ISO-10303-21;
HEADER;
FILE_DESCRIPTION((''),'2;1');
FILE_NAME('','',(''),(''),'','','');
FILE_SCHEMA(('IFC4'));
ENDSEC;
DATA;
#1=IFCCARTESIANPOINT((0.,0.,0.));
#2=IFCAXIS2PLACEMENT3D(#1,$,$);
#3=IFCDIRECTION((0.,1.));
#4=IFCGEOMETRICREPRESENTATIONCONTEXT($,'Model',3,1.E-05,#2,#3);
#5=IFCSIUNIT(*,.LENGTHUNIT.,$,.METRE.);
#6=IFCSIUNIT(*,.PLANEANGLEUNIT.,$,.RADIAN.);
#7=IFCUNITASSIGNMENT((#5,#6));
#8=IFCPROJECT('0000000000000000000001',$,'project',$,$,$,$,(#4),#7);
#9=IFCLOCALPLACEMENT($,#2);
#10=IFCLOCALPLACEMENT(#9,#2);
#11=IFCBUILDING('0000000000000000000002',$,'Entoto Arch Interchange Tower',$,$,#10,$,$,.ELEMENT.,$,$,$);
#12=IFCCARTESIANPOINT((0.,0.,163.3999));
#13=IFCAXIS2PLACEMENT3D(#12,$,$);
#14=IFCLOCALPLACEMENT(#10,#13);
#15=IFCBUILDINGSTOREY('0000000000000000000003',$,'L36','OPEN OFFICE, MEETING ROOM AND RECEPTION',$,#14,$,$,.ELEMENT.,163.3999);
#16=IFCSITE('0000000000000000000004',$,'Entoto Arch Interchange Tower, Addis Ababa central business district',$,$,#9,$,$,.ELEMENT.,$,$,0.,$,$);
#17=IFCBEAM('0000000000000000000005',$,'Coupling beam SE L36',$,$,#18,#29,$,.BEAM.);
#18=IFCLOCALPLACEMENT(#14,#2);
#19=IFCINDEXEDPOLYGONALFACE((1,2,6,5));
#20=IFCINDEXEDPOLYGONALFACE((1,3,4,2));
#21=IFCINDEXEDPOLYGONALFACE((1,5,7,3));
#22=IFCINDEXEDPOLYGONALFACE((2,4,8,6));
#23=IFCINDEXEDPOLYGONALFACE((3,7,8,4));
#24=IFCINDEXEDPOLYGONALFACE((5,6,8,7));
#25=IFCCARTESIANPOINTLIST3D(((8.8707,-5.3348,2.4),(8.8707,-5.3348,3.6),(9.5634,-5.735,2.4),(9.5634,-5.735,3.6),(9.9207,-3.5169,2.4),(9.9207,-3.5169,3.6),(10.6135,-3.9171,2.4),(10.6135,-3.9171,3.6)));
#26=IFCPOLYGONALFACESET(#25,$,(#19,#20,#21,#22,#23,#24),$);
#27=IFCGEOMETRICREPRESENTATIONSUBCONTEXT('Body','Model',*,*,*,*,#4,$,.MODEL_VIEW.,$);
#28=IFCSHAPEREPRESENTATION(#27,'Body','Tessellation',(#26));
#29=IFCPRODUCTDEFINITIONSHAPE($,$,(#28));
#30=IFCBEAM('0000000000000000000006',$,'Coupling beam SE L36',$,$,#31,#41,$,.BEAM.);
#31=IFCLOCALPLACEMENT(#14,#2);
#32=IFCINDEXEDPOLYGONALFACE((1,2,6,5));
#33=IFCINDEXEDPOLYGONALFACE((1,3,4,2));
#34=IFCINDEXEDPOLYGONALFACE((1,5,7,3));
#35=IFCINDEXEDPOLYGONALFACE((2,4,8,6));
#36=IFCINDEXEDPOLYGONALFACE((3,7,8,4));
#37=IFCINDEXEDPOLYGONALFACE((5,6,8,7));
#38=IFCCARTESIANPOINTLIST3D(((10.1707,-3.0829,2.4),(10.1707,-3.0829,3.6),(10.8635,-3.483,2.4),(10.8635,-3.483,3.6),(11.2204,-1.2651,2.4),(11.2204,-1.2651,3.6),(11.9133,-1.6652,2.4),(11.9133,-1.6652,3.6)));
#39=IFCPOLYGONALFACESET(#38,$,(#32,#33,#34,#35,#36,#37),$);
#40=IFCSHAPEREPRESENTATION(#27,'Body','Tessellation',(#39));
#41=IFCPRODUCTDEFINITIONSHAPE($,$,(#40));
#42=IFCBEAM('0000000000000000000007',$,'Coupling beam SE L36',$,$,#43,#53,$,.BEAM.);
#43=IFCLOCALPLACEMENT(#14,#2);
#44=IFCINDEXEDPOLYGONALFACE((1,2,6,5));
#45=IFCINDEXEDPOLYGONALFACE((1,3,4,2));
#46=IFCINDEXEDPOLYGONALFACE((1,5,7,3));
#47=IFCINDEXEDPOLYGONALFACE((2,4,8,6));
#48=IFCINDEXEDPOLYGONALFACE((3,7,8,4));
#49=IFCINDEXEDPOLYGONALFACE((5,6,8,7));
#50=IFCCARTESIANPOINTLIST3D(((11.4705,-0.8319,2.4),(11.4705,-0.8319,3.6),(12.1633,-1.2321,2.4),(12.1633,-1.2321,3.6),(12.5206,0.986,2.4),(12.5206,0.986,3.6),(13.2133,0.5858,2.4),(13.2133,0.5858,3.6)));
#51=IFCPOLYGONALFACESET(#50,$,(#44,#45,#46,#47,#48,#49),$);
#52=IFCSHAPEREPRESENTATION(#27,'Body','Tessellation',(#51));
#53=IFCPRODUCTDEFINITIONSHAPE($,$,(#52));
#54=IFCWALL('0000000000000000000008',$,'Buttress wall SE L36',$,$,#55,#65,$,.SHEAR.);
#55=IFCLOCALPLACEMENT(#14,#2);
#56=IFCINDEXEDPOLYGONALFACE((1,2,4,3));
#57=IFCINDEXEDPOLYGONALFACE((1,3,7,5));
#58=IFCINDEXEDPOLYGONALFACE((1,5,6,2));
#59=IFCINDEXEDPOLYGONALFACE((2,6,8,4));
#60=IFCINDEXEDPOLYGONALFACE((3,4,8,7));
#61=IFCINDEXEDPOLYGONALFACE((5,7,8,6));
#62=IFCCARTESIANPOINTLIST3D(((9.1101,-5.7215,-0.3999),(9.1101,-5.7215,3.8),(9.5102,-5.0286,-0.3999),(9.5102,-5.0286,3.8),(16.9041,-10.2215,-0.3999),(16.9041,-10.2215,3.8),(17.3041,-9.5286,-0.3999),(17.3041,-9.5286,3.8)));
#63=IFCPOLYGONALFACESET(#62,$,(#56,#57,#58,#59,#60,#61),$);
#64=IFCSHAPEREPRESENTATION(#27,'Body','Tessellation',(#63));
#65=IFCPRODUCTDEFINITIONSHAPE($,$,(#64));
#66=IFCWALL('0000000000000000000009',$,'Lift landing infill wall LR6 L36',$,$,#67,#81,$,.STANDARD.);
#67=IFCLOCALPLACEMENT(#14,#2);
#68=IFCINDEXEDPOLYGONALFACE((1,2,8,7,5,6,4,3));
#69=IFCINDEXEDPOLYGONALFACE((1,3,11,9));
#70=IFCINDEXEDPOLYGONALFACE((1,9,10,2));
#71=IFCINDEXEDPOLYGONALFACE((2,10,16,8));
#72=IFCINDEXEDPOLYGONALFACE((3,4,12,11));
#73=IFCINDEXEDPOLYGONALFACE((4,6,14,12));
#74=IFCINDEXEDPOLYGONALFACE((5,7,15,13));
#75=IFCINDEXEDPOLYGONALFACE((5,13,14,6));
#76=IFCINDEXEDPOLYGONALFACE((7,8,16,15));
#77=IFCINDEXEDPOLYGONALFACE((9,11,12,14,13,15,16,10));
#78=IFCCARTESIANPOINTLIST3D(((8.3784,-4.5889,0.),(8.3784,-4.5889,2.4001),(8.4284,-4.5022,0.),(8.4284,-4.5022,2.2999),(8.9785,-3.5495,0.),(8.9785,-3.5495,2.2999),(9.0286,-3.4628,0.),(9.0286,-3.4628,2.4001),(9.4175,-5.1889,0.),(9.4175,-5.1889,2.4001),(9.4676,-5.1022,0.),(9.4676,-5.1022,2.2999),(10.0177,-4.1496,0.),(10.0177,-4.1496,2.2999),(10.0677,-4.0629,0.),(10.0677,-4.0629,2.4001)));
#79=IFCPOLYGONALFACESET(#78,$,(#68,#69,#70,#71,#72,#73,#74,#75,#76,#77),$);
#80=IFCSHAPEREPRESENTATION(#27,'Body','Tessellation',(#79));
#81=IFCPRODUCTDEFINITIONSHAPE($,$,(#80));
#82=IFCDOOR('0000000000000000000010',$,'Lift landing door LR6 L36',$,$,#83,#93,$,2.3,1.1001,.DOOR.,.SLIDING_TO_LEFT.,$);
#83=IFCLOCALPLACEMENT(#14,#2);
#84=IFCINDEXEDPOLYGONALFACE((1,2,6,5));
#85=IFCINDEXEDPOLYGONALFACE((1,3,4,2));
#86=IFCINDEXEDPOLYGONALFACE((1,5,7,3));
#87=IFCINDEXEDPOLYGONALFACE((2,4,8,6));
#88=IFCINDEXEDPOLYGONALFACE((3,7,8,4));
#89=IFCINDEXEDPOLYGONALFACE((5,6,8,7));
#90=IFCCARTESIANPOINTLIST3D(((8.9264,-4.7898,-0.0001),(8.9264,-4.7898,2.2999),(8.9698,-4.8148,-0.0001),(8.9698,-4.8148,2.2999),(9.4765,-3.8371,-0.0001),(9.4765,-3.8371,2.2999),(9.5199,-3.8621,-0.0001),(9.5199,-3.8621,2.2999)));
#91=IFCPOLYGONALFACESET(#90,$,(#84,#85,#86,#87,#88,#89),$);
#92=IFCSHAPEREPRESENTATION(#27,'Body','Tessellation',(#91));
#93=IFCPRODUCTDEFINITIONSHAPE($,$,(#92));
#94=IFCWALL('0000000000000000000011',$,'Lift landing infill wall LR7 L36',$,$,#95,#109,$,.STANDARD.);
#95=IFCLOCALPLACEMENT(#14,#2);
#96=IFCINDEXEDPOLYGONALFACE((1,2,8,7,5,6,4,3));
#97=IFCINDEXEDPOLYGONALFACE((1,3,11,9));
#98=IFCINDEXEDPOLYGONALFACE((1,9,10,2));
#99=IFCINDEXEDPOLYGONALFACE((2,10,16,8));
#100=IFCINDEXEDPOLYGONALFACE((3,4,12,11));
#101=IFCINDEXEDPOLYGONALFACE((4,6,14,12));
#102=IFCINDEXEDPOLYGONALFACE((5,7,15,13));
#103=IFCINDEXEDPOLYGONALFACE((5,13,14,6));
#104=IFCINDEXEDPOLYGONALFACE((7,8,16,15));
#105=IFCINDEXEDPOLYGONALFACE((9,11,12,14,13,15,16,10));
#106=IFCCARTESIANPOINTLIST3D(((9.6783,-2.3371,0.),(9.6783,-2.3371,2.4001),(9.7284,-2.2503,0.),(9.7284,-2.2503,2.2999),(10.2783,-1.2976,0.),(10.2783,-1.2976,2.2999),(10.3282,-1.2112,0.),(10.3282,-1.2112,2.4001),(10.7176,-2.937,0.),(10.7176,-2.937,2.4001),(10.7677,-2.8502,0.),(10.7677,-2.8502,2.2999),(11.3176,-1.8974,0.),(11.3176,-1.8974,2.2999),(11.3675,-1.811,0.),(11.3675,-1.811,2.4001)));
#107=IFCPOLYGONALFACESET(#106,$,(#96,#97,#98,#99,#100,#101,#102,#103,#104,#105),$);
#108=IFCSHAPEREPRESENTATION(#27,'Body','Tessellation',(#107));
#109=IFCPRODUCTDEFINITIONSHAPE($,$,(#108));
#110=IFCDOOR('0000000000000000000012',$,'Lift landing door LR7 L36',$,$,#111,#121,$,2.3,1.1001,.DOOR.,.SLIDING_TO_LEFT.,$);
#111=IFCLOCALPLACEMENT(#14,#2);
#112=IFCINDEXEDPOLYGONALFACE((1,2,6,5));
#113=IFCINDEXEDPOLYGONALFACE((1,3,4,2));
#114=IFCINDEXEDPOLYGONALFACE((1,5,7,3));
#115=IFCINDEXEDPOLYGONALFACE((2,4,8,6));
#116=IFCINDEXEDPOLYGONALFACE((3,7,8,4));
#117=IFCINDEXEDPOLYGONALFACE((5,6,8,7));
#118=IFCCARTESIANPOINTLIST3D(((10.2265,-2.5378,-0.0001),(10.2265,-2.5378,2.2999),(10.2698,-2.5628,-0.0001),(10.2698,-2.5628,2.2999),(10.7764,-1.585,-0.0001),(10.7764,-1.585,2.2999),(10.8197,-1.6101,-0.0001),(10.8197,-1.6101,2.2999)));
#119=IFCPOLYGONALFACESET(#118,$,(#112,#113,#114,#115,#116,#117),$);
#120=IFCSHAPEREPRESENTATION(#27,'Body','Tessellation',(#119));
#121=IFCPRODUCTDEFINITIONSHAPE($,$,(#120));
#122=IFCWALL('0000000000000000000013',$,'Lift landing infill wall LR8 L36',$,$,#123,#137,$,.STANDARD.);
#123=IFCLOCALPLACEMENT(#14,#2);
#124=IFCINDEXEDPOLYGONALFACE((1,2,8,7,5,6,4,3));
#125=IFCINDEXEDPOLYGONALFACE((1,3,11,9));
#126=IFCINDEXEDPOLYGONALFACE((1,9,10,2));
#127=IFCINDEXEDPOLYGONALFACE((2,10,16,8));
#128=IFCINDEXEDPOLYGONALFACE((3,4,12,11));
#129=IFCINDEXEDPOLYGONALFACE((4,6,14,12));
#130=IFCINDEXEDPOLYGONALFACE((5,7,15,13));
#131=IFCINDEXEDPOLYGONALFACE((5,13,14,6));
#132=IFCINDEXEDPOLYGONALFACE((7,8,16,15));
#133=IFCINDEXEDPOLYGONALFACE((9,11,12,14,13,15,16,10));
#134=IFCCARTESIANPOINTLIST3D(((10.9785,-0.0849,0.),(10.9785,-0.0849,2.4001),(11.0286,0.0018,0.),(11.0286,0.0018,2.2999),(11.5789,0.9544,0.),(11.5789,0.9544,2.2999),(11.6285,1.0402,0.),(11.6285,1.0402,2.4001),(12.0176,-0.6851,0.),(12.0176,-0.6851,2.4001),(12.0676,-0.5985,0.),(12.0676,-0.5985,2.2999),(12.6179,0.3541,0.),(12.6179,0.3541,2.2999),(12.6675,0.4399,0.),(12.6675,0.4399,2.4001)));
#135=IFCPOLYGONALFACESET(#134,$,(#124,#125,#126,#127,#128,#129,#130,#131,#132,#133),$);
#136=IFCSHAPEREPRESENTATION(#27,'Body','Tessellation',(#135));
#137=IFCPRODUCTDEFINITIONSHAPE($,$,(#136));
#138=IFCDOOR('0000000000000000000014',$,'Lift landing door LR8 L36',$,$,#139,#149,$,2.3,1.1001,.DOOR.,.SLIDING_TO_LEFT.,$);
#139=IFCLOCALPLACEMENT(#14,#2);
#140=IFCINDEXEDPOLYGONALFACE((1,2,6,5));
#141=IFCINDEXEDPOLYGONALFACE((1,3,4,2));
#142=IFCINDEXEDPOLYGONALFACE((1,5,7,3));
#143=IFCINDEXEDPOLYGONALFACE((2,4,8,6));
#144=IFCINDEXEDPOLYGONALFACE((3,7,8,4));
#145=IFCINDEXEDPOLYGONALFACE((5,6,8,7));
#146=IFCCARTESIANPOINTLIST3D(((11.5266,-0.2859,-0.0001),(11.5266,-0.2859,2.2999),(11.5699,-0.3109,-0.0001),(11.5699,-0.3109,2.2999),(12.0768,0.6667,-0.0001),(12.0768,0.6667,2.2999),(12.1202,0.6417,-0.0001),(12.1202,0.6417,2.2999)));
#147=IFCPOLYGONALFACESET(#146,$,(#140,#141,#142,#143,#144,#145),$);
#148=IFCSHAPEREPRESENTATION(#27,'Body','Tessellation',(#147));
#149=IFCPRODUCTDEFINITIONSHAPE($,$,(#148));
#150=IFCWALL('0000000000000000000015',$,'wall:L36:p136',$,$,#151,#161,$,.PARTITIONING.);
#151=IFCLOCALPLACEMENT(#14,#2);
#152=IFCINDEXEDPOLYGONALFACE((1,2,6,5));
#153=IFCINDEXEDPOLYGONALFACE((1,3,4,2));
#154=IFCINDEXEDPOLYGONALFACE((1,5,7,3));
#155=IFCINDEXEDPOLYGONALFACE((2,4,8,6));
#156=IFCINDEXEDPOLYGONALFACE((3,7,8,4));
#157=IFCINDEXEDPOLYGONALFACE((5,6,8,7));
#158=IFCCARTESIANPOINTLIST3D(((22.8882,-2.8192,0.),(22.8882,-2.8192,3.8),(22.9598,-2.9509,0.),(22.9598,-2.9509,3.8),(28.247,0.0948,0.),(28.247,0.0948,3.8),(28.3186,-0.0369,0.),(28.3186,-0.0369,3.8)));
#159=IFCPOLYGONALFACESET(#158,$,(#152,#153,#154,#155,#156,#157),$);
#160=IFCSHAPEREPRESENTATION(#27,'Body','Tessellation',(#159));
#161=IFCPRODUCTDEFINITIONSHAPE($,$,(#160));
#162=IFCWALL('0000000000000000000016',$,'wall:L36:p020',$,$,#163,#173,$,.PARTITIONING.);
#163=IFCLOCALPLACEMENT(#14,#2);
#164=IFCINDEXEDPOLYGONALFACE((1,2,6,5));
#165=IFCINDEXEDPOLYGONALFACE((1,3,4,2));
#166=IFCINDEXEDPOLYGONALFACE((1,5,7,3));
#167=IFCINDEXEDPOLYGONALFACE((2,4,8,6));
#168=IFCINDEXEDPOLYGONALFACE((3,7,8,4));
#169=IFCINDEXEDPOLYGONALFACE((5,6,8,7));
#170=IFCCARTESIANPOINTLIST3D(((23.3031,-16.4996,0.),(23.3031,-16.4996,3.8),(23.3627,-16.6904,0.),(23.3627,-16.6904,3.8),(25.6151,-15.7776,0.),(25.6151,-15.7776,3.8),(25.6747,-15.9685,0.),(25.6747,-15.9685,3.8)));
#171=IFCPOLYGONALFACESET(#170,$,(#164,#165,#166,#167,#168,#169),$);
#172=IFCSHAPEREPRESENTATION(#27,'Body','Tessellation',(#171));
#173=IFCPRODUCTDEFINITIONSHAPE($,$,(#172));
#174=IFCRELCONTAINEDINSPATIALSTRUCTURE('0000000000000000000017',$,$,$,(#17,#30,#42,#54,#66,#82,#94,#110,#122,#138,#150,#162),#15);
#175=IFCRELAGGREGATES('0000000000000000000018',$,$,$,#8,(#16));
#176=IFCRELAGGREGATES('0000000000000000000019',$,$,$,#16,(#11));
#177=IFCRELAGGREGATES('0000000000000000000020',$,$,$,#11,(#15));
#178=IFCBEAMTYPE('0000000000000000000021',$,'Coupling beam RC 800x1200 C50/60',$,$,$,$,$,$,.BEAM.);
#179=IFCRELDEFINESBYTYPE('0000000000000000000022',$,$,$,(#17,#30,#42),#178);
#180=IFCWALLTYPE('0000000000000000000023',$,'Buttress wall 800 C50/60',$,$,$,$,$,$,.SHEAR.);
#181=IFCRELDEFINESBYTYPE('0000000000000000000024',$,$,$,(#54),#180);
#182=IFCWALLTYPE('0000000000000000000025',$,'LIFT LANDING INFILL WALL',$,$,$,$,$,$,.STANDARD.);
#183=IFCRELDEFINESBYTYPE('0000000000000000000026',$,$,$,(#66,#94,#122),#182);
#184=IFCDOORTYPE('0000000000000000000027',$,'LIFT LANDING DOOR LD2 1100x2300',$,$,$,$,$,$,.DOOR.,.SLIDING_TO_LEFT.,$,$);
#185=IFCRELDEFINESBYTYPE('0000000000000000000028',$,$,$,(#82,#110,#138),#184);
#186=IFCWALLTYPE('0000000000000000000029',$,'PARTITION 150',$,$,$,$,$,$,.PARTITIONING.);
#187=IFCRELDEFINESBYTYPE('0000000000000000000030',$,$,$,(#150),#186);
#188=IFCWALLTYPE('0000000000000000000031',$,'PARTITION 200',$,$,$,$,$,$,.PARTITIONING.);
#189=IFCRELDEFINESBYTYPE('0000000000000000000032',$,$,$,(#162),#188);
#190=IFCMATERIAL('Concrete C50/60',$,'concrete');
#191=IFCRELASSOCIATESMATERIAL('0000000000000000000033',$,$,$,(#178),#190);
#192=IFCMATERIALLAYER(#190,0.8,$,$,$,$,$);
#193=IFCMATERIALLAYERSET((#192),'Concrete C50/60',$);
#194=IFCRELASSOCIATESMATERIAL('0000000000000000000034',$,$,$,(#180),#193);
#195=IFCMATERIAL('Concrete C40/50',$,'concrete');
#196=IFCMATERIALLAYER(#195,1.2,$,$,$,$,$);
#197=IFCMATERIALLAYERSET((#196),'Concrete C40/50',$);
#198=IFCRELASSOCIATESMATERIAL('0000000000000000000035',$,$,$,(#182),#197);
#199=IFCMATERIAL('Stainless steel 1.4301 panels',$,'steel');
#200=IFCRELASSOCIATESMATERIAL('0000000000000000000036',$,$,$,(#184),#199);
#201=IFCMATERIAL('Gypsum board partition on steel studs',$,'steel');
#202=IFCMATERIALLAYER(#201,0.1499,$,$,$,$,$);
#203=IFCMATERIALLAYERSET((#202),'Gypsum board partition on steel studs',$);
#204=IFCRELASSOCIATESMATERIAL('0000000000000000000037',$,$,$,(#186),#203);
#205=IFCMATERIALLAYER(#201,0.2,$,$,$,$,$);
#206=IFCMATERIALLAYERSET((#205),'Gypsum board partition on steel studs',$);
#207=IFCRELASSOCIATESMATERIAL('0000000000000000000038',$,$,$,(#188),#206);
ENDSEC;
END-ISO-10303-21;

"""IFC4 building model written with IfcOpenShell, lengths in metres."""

from ifc_helpers import new_model, si_unit, direction, frame, frame_2d, origin, origin_2d, place, context, subcontext, project, spatial, rectangle, extrude, material, layer, layer_set, material_profile, profile_set, type_object, element, fill, save


model = new_model("IFC4")

# Units and contexts
model_context = context("Model", 3, precision=1e-05, world=origin(), true_north=direction((0.0, 1.0)))
body_context = subcontext(model_context, "Body", "Model", "MODEL_VIEW")
ifc_project = project(units=[si_unit("LENGTHUNIT", "METRE"), si_unit("PLANEANGLEUNIT", "RADIAN")], contexts=[model_context])

# Site, building, storey
site_placement = place(None, origin())
site = spatial("IfcSite", under=ifc_project, at=site_placement, Name="Entoto Arch Interchange Tower, Addis Ababa central business district", CompositionType="ELEMENT", RefElevation=0.0)
building_placement = place(site_placement, origin())
building = spatial("IfcBuilding", under=site, at=building_placement, Name="Entoto Arch Interchange Tower", CompositionType="ELEMENT")
storey_placement = place(building_placement, frame((0.0, 0.0, 163.3999)))
storey = spatial("IfcBuildingStorey", under=building, at=storey_placement, Name="L36", Description="OPEN OFFICE, MEETING ROOM AND RECEPTION", CompositionType="ELEMENT", Elevation=163.3999)

# Beams
ifc_material_1 = material(Name="Concrete C50/60", Category="concrete")
ifc_material_profile = material_profile(ifc_material_1, rectangle(XDim=0.8, YDim=1.2, at=origin_2d()))
ifc_profile_set = profile_set([ifc_material_profile], Name="Concrete C50/60")
beam_type = type_object("IfcBeamType", Name="Coupling beam RC 800x1200 C50/60", PredefinedType="BEAM", material=ifc_profile_set)
beam_1_placement = place(storey_placement, frame((9.217, -5.5349, 3.0), z_axis=(0.500179, 0.865922, 0.0), x_axis=(-0.865922, 0.500179, 0.0)))
element("IfcBeam", 1, at=beam_1_placement, inside=storey, type_object=beam_type, Name="Coupling beam SE L36", PredefinedType="BEAM", context=body_context, shape_type="SweptSolid", body=[
    extrude(rectangle(XDim=0.8, YDim=1.2, at=origin_2d()), origin(), (0.0, 0.0, 1.0), 2.0994),
])
beam_2_placement = place(storey_placement, frame((10.5171, -3.283, 3.0), z_axis=(0.500092, 0.865973, 0.0), x_axis=(-0.865973, 0.500092, 0.0)))
element("IfcBeam", 2, at=beam_2_placement, inside=storey, type_object=beam_type, Name="Coupling beam SE L36", PredefinedType="BEAM", context=body_context, shape_type="SweptSolid", body=[
    extrude(rectangle(XDim=0.8, YDim=1.2, at=origin_2d()), origin(), (0.0, 0.0, 1.0), 2.0991),
])
beam_3_placement = place(storey_placement, frame((11.8169, -1.032, 3.0), z_axis=(0.500179, 0.865922, 0.0), x_axis=(-0.865922, 0.500179, 0.0)))
element("IfcBeam", 3, at=beam_3_placement, inside=storey, type_object=beam_type, Name="Coupling beam SE L36", PredefinedType="BEAM", context=body_context, shape_type="SweptSolid", body=[
    extrude(rectangle(XDim=0.8, YDim=1.2, at=origin_2d()), origin(), (0.0, 0.0, 1.0), 2.0994),
])

# Wall
ifc_layer_1 = layer(ifc_material_1, 0.8)
ifc_layer_set_1 = layer_set([ifc_layer_1], Name="Concrete C50/60")
wall_type_1 = type_object("IfcWallType", Name="Buttress wall 800 C50/60", PredefinedType="SHEAR", material=ifc_layer_set_1)
wall_1_placement = place(storey_placement, frame((9.3101, -5.375, -0.3999), z_axis=(0.0, 0.0, 1.0), x_axis=(0.866018, -0.500014, 0.0)))
element("IfcWall", 4, at=wall_1_placement, inside=storey, type_object=wall_type_1, Name="Buttress wall SE L36", PredefinedType="SHEAR", context=body_context, shape_type="SweptSolid", body=[
    extrude(rectangle(XDim=8.9998, YDim=0.8, at=frame_2d((4.5, 0.0))), origin(), (0.0, 0.0, 1.0), 4.2),
])

# Walls, openings, doors
ifc_material_2 = material(Name="Concrete C40/50", Category="concrete")
ifc_layer_2 = layer(ifc_material_2, 1.2)
ifc_layer_set_2 = layer_set([ifc_layer_2], Name="Concrete C40/50")
wall_type_2 = type_object("IfcWallType", Name="LIFT LANDING INFILL WALL", PredefinedType="STANDARD", material=ifc_layer_set_2)
wall_2_placement = place(storey_placement, frame((8.8979, -4.8889, 0.0), z_axis=(0.0, 0.0, 1.0), x_axis=(0.500037, 0.866004, 0.0)))
wall_2 = element("IfcWall", 5, at=wall_2_placement, inside=storey, type_object=wall_type_2, Name="Lift landing infill wall LR6 L36", PredefinedType="STANDARD", context=body_context, shape_type="SweptSolid", body=[
    extrude(rectangle(XDim=1.3003, YDim=1.2, at=frame_2d((0.6501, 0.0))), origin(), (0.0, 0.0, 1.0), 2.4001),
])
opening_1_placement = place(wall_2_placement, frame((0.1001, 0.0, 0.0)))
opening_1 = element("IfcOpeningElement", 6, at=opening_1_placement, cuts=wall_2, PredefinedType="OPENING", context=body_context, shape_type="SweptSolid", body=[
    extrude(rectangle(XDim=1.1001, YDim=2.3, at=frame_2d((0.55, 1.1499))), frame((0.0, 0.6099, 0.0), z_axis=(0.0, -1.0, 0.0), x_axis=(1.0, 0.0, 0.0)), (0.0, 0.0, 1.0), 1.22),
])
ifc_material_3 = material(Name="Stainless steel 1.4301 panels", Category="steel")
door_type = type_object("IfcDoorType", Name="LIFT LANDING DOOR LD2 1100x2300", OperationType="SLIDING_TO_LEFT", PredefinedType="DOOR", material=ifc_material_3)
door_1_placement = place(opening_1_placement, origin())
door_1 = element("IfcDoor", 7, at=door_1_placement, inside=storey, type_object=door_type, Name="Lift landing door LR6 L36", OperationType="SLIDING_TO_LEFT", OverallHeight=2.3, OverallWidth=1.1001, PredefinedType="DOOR", context=body_context, shape_type="SweptSolid", body=[
    extrude(rectangle(XDim=1.1001, YDim=2.3, at=frame_2d((0.55, 1.1499))), frame((0.0, 0.0249, 0.0), z_axis=(0.0, -1.0, 0.0), x_axis=(1.0, 0.0, 0.0)), (0.0, 0.0, 1.0), 0.05),
])
fill(opening_1, door_1)
wall_3_placement = place(storey_placement, frame((10.198, -2.637, 0.0), z_axis=(0.0, 0.0, 1.0), x_axis=(0.499896, 0.866086, 0.0)))
wall_3 = element("IfcWall", 8, at=wall_3_placement, inside=storey, type_object=wall_type_2, Name="Lift landing infill wall LR7 L36", PredefinedType="STANDARD", context=body_context, shape_type="SweptSolid", body=[
    extrude(rectangle(XDim=1.3, YDim=1.2, at=frame_2d((0.6499, 0.0))), origin(), (0.0, 0.0, 1.0), 2.4001),
])
opening_2_placement = place(wall_3_placement, frame((0.1001, 0.0, 0.0)))
opening_2 = element("IfcOpeningElement", 9, at=opening_2_placement, cuts=wall_3, PredefinedType="OPENING", context=body_context, shape_type="SweptSolid", body=[
    extrude(rectangle(XDim=1.1001, YDim=2.3, at=frame_2d((0.55, 1.1499))), frame((0.0, 0.6099, 0.0), z_axis=(0.0, -1.0, 0.0), x_axis=(1.0, 0.0, 0.0)), (0.0, 0.0, 1.0), 1.22),
])
door_2_placement = place(opening_2_placement, origin())
door_2 = element("IfcDoor", 10, at=door_2_placement, inside=storey, type_object=door_type, Name="Lift landing door LR7 L36", OperationType="SLIDING_TO_LEFT", OverallHeight=2.3, OverallWidth=1.1001, PredefinedType="DOOR", context=body_context, shape_type="SweptSolid", body=[
    extrude(rectangle(XDim=1.1001, YDim=2.3, at=frame_2d((0.55, 1.1499))), frame((0.0, 0.0249, 0.0), z_axis=(0.0, -1.0, 0.0), x_axis=(1.0, 0.0, 0.0)), (0.0, 0.0, 1.0), 0.05),
])
fill(opening_2, door_2)
wall_4_placement = place(storey_placement, frame((11.498, -0.385, 0.0), z_axis=(0.0, 0.0, 1.0), x_axis=(0.500221, 0.865898, 0.0)))
wall_4 = element("IfcWall", 11, at=wall_4_placement, inside=storey, type_object=wall_type_2, Name="Lift landing infill wall LR8 L36", PredefinedType="STANDARD", context=body_context, shape_type="SweptSolid", body=[
    extrude(rectangle(XDim=1.2993, YDim=1.2, at=frame_2d((0.6497, 0.0))), origin(), (0.0, 0.0, 1.0), 2.4001),
])
opening_3_placement = place(wall_4_placement, frame((0.1001, 0.0, 0.0)))
opening_3 = element("IfcOpeningElement", 12, at=opening_3_placement, cuts=wall_4, PredefinedType="OPENING", context=body_context, shape_type="SweptSolid", body=[
    extrude(rectangle(XDim=1.1001, YDim=2.3, at=frame_2d((0.55, 1.1499))), frame((0.0, 0.6099, 0.0), z_axis=(0.0, -1.0, 0.0), x_axis=(1.0, 0.0, 0.0)), (0.0, 0.0, 1.0), 1.22),
])
door_3_placement = place(opening_3_placement, origin())
door_3 = element("IfcDoor", 13, at=door_3_placement, inside=storey, type_object=door_type, Name="Lift landing door LR8 L36", OperationType="SLIDING_TO_LEFT", OverallHeight=2.3, OverallWidth=1.1001, PredefinedType="DOOR", context=body_context, shape_type="SweptSolid", body=[
    extrude(rectangle(XDim=1.1001, YDim=2.3, at=frame_2d((0.55, 1.1499))), frame((0.0, 0.0249, 0.0), z_axis=(0.0, -1.0, 0.0), x_axis=(1.0, 0.0, 0.0)), (0.0, 0.0, 1.0), 0.05),
])
fill(opening_3, door_3)

# Walls
ifc_material_4 = material(Name="Gypsum board partition on steel studs", Category="steel")
ifc_layer_3 = layer(ifc_material_4, 0.1499)
ifc_layer_set_3 = layer_set([ifc_layer_3], Name="Gypsum board partition on steel studs")
wall_type_3 = type_object("IfcWallType", Name="PARTITION 150", PredefinedType="PARTITIONING", material=ifc_layer_set_3)
wall_5_placement = place(storey_placement, frame((22.9241, -2.885, 0.0), z_axis=(0.0, 0.0, 1.0), x_axis=(0.878513, 0.477719, 0.0)))
element("IfcWall", 14, at=wall_5_placement, inside=storey, type_object=wall_type_3, Name="wall:L36:p136", PredefinedType="PARTITIONING", context=body_context, shape_type="SweptSolid", body=[
    extrude(rectangle(XDim=6.0999, YDim=0.1499, at=frame_2d((3.0498, 0.0))), origin(), (0.0, 0.0, 1.0), 3.8),
])
ifc_layer_4 = layer(ifc_material_4, 0.2)
ifc_layer_set_4 = layer_set([ifc_layer_4], Name="Gypsum board partition on steel studs")
wall_type_4 = type_object("IfcWallType", Name="PARTITION 200", PredefinedType="PARTITIONING", material=ifc_layer_set_4)
wall_6_placement = place(storey_placement, frame((23.333, -16.595, 0.0), z_axis=(0.0, 0.0, 1.0), x_axis=(0.954548, 0.298057, 0.0)))
element("IfcWall", 15, at=wall_6_placement, inside=storey, type_object=wall_type_4, Name="wall:L36:p020", PredefinedType="PARTITIONING", context=body_context, shape_type="SweptSolid", body=[
    extrude(rectangle(XDim=2.4221, YDim=0.2, at=frame_2d((1.2109, 0.0))), origin(), (0.0, 0.0, 1.0), 3.8),
])

save(model, "model.ifc")
